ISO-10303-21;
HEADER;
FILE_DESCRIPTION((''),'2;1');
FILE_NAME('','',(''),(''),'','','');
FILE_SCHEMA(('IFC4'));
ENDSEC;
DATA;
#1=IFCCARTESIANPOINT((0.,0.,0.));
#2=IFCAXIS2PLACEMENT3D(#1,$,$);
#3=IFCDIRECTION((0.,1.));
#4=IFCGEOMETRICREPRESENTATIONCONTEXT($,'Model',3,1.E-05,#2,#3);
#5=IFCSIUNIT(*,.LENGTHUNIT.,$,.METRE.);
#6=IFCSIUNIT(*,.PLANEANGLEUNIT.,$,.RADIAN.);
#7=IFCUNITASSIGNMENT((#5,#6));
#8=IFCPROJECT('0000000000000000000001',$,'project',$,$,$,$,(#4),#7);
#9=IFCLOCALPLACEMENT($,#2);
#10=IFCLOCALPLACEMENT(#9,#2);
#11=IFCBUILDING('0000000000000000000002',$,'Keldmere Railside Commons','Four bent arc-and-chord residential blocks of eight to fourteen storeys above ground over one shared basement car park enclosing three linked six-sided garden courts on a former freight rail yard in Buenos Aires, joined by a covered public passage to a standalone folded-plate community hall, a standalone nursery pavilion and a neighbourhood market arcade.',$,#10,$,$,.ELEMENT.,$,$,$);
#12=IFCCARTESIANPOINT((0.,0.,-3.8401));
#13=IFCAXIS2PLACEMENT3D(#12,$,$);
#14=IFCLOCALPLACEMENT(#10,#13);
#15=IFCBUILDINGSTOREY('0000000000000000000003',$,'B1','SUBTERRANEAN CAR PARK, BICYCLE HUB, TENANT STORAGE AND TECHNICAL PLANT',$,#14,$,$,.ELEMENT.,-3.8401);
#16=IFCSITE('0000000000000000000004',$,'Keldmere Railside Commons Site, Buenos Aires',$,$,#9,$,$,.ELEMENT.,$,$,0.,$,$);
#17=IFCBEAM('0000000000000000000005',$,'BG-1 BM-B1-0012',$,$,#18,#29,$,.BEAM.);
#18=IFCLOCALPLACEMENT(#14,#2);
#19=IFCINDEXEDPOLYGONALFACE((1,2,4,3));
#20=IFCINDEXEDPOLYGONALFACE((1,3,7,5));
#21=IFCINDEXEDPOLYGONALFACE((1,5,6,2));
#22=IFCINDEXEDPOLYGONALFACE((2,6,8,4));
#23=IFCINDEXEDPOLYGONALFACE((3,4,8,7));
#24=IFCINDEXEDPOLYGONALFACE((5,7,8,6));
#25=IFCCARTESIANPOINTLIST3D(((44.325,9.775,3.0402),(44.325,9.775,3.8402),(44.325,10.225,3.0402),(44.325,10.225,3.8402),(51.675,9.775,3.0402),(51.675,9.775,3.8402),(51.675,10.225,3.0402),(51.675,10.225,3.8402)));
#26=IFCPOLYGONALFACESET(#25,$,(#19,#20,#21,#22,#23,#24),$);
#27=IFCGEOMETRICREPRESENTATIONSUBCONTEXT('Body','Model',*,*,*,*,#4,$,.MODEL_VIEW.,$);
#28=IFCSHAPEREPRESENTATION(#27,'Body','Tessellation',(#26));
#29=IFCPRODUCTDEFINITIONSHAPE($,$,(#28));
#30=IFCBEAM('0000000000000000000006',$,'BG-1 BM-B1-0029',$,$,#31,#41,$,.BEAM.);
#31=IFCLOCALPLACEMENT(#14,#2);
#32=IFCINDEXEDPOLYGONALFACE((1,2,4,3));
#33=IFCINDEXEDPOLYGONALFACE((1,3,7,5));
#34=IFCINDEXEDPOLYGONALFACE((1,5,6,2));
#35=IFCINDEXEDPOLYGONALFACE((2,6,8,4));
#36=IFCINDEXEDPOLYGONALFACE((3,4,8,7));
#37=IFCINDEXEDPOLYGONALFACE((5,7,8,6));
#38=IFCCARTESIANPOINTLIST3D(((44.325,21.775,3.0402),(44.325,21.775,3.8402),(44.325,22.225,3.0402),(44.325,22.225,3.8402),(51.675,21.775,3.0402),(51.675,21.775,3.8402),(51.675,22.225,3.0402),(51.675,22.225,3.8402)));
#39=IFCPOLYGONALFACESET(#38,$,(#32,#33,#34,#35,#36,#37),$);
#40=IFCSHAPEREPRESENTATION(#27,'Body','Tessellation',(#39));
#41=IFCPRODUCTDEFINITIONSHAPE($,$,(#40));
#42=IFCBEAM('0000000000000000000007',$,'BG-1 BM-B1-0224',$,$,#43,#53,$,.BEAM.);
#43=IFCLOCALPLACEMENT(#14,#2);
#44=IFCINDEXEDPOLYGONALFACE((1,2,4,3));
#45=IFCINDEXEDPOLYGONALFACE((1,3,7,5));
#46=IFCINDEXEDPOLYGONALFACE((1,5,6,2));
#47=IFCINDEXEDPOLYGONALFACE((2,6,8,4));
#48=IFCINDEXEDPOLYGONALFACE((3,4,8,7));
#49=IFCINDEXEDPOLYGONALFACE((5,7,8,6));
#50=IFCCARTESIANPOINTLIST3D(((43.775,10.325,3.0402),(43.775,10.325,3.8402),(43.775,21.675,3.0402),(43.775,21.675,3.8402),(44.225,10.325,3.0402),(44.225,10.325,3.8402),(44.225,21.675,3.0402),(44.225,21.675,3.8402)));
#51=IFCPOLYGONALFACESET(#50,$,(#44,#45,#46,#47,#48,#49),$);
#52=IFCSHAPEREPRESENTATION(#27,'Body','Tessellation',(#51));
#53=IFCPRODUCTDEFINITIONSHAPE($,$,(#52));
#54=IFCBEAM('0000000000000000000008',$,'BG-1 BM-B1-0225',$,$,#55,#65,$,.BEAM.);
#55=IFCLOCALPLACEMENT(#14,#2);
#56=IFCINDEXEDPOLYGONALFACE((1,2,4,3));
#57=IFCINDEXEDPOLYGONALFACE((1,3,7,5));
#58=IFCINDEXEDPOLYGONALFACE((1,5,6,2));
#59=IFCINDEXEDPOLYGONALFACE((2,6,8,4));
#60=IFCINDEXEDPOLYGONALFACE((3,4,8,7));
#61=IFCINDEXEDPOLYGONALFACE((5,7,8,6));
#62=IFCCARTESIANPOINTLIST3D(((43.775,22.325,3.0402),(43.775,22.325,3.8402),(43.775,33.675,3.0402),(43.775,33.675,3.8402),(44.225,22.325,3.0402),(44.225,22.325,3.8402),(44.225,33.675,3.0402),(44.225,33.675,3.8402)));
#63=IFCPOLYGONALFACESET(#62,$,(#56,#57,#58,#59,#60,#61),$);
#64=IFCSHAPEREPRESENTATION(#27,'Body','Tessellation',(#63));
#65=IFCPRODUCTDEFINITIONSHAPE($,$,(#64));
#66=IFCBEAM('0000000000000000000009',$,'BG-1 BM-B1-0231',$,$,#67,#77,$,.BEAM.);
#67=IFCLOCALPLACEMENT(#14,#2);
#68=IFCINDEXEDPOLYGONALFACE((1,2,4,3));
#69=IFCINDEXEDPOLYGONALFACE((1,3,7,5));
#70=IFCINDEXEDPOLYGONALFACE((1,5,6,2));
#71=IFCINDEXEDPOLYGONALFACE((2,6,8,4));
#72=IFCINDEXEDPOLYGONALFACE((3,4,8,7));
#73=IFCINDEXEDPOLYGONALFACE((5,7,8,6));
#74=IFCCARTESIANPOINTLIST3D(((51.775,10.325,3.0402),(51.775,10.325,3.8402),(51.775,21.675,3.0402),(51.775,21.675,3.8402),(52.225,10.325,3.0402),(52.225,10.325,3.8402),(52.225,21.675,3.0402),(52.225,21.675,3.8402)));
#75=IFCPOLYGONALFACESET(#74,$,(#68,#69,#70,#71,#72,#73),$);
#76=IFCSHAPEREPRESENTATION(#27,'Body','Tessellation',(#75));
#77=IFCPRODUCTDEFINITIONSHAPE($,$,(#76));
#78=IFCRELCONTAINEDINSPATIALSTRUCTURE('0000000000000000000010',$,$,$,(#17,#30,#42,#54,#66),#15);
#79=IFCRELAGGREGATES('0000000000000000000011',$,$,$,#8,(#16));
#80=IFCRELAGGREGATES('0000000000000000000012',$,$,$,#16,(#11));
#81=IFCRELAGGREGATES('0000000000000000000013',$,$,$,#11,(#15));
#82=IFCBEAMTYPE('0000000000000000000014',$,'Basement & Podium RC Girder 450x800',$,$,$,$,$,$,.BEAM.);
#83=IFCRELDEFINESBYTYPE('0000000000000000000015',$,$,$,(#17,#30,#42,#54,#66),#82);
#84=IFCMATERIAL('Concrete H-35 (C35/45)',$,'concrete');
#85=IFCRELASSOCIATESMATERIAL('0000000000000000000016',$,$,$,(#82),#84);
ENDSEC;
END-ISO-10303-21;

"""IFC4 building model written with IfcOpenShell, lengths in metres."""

from ifc_helpers import new_model, si_unit, direction, frame, origin, origin_2d, place, context, subcontext, project, spatial, rectangle, extrude, material, material_profile, profile_set, type_object, element, save


model = new_model("IFC4")

# Units and contexts
model_context = context("Model", 3, precision=1e-05, world=origin(), true_north=direction((0.0, 1.0)))
body_context = subcontext(model_context, "Body", "Model", "MODEL_VIEW")
ifc_project = project(units=[si_unit("LENGTHUNIT", "METRE"), si_unit("PLANEANGLEUNIT", "RADIAN")], contexts=[model_context])

# Site, building, storey
site_placement = place(None, origin())
site = spatial("IfcSite", under=ifc_project, at=site_placement, Name="Keldmere Railside Commons Site, Buenos Aires", CompositionType="ELEMENT", RefElevation=0.0)
building_placement = place(site_placement, origin())
building = spatial("IfcBuilding", under=site, at=building_placement, Name="Keldmere Railside Commons", Description="Four bent arc-and-chord residential blocks of eight to fourteen storeys above ground over one shared basement car park enclosing three linked six-sided garden courts on a former freight rail yard in Buenos Aires, joined by a covered public passage to a standalone folded-plate community hall, a standalone nursery pavilion and a neighbourhood market arcade.", CompositionType="ELEMENT")
storey_placement = place(building_placement, frame((0.0, 0.0, -3.8401)))
storey = spatial("IfcBuildingStorey", under=building, at=storey_placement, Name="B1", Description="SUBTERRANEAN CAR PARK, BICYCLE HUB, TENANT STORAGE AND TECHNICAL PLANT", CompositionType="ELEMENT", Elevation=-3.8401)

# Beams
ifc_material_1 = material(Name="Concrete H-35 (C35/45)", Category="concrete")
ifc_material_profile_1 = material_profile(ifc_material_1, rectangle(XDim=0.45, YDim=0.8, at=origin_2d()), Name="RC-450x800")
ifc_profile_set_1 = profile_set([ifc_material_profile_1], Name="Concrete H-35 (C35/45)")
beam_type = type_object("IfcBeamType", Name="Basement & Podium RC Girder 450x800", PredefinedType="BEAM", material=ifc_profile_set_1)
for number, where, z_axis, x_axis, name in (
    (1, (44.325, 10.0, 3.4402), (1.0, 0.0, 0.0), (0.0, 1.0, 0.0), "BG-1 BM-B1-0012"),
    (2, (44.325, 22.0, 3.4402), (1.0, 0.0, 0.0), (0.0, 1.0, 0.0), "BG-1 BM-B1-0029"),
):
    element("IfcBeam", number, at=place(storey_placement, frame(where, z_axis=z_axis, x_axis=x_axis)), inside=storey, type_object=beam_type, Name=name, PredefinedType="BEAM", context=body_context, shape_type="SweptSolid", body=[
        extrude(rectangle(XDim=0.45, YDim=0.8, at=origin_2d()), origin(), (0.0, 0.0, 1.0), 7.3501),
    ])
for number, where, z_axis, x_axis, name in (
    (3, (44.0, 10.325, 3.4402), (0.0, 1.0, 0.0), (-1.0, 0.0, 0.0), "BG-1 BM-B1-0224"),
    (4, (44.0, 22.325, 3.4402), (0.0, 1.0, 0.0), (-1.0, 0.0, 0.0), "BG-1 BM-B1-0225"),
    (5, (52.0, 10.325, 3.4402), (0.0, 1.0, 0.0), (-1.0, 0.0, 0.0), "BG-1 BM-B1-0231"),
):
    element("IfcBeam", number, at=place(storey_placement, frame(where, z_axis=z_axis, x_axis=x_axis)), inside=storey, type_object=beam_type, Name=name, PredefinedType="BEAM", context=body_context, shape_type="SweptSolid", body=[
        extrude(rectangle(XDim=0.45, YDim=0.8, at=origin_2d()), origin(), (0.0, 0.0, 1.0), 11.3501),
    ])

save(model, "model.ifc")
